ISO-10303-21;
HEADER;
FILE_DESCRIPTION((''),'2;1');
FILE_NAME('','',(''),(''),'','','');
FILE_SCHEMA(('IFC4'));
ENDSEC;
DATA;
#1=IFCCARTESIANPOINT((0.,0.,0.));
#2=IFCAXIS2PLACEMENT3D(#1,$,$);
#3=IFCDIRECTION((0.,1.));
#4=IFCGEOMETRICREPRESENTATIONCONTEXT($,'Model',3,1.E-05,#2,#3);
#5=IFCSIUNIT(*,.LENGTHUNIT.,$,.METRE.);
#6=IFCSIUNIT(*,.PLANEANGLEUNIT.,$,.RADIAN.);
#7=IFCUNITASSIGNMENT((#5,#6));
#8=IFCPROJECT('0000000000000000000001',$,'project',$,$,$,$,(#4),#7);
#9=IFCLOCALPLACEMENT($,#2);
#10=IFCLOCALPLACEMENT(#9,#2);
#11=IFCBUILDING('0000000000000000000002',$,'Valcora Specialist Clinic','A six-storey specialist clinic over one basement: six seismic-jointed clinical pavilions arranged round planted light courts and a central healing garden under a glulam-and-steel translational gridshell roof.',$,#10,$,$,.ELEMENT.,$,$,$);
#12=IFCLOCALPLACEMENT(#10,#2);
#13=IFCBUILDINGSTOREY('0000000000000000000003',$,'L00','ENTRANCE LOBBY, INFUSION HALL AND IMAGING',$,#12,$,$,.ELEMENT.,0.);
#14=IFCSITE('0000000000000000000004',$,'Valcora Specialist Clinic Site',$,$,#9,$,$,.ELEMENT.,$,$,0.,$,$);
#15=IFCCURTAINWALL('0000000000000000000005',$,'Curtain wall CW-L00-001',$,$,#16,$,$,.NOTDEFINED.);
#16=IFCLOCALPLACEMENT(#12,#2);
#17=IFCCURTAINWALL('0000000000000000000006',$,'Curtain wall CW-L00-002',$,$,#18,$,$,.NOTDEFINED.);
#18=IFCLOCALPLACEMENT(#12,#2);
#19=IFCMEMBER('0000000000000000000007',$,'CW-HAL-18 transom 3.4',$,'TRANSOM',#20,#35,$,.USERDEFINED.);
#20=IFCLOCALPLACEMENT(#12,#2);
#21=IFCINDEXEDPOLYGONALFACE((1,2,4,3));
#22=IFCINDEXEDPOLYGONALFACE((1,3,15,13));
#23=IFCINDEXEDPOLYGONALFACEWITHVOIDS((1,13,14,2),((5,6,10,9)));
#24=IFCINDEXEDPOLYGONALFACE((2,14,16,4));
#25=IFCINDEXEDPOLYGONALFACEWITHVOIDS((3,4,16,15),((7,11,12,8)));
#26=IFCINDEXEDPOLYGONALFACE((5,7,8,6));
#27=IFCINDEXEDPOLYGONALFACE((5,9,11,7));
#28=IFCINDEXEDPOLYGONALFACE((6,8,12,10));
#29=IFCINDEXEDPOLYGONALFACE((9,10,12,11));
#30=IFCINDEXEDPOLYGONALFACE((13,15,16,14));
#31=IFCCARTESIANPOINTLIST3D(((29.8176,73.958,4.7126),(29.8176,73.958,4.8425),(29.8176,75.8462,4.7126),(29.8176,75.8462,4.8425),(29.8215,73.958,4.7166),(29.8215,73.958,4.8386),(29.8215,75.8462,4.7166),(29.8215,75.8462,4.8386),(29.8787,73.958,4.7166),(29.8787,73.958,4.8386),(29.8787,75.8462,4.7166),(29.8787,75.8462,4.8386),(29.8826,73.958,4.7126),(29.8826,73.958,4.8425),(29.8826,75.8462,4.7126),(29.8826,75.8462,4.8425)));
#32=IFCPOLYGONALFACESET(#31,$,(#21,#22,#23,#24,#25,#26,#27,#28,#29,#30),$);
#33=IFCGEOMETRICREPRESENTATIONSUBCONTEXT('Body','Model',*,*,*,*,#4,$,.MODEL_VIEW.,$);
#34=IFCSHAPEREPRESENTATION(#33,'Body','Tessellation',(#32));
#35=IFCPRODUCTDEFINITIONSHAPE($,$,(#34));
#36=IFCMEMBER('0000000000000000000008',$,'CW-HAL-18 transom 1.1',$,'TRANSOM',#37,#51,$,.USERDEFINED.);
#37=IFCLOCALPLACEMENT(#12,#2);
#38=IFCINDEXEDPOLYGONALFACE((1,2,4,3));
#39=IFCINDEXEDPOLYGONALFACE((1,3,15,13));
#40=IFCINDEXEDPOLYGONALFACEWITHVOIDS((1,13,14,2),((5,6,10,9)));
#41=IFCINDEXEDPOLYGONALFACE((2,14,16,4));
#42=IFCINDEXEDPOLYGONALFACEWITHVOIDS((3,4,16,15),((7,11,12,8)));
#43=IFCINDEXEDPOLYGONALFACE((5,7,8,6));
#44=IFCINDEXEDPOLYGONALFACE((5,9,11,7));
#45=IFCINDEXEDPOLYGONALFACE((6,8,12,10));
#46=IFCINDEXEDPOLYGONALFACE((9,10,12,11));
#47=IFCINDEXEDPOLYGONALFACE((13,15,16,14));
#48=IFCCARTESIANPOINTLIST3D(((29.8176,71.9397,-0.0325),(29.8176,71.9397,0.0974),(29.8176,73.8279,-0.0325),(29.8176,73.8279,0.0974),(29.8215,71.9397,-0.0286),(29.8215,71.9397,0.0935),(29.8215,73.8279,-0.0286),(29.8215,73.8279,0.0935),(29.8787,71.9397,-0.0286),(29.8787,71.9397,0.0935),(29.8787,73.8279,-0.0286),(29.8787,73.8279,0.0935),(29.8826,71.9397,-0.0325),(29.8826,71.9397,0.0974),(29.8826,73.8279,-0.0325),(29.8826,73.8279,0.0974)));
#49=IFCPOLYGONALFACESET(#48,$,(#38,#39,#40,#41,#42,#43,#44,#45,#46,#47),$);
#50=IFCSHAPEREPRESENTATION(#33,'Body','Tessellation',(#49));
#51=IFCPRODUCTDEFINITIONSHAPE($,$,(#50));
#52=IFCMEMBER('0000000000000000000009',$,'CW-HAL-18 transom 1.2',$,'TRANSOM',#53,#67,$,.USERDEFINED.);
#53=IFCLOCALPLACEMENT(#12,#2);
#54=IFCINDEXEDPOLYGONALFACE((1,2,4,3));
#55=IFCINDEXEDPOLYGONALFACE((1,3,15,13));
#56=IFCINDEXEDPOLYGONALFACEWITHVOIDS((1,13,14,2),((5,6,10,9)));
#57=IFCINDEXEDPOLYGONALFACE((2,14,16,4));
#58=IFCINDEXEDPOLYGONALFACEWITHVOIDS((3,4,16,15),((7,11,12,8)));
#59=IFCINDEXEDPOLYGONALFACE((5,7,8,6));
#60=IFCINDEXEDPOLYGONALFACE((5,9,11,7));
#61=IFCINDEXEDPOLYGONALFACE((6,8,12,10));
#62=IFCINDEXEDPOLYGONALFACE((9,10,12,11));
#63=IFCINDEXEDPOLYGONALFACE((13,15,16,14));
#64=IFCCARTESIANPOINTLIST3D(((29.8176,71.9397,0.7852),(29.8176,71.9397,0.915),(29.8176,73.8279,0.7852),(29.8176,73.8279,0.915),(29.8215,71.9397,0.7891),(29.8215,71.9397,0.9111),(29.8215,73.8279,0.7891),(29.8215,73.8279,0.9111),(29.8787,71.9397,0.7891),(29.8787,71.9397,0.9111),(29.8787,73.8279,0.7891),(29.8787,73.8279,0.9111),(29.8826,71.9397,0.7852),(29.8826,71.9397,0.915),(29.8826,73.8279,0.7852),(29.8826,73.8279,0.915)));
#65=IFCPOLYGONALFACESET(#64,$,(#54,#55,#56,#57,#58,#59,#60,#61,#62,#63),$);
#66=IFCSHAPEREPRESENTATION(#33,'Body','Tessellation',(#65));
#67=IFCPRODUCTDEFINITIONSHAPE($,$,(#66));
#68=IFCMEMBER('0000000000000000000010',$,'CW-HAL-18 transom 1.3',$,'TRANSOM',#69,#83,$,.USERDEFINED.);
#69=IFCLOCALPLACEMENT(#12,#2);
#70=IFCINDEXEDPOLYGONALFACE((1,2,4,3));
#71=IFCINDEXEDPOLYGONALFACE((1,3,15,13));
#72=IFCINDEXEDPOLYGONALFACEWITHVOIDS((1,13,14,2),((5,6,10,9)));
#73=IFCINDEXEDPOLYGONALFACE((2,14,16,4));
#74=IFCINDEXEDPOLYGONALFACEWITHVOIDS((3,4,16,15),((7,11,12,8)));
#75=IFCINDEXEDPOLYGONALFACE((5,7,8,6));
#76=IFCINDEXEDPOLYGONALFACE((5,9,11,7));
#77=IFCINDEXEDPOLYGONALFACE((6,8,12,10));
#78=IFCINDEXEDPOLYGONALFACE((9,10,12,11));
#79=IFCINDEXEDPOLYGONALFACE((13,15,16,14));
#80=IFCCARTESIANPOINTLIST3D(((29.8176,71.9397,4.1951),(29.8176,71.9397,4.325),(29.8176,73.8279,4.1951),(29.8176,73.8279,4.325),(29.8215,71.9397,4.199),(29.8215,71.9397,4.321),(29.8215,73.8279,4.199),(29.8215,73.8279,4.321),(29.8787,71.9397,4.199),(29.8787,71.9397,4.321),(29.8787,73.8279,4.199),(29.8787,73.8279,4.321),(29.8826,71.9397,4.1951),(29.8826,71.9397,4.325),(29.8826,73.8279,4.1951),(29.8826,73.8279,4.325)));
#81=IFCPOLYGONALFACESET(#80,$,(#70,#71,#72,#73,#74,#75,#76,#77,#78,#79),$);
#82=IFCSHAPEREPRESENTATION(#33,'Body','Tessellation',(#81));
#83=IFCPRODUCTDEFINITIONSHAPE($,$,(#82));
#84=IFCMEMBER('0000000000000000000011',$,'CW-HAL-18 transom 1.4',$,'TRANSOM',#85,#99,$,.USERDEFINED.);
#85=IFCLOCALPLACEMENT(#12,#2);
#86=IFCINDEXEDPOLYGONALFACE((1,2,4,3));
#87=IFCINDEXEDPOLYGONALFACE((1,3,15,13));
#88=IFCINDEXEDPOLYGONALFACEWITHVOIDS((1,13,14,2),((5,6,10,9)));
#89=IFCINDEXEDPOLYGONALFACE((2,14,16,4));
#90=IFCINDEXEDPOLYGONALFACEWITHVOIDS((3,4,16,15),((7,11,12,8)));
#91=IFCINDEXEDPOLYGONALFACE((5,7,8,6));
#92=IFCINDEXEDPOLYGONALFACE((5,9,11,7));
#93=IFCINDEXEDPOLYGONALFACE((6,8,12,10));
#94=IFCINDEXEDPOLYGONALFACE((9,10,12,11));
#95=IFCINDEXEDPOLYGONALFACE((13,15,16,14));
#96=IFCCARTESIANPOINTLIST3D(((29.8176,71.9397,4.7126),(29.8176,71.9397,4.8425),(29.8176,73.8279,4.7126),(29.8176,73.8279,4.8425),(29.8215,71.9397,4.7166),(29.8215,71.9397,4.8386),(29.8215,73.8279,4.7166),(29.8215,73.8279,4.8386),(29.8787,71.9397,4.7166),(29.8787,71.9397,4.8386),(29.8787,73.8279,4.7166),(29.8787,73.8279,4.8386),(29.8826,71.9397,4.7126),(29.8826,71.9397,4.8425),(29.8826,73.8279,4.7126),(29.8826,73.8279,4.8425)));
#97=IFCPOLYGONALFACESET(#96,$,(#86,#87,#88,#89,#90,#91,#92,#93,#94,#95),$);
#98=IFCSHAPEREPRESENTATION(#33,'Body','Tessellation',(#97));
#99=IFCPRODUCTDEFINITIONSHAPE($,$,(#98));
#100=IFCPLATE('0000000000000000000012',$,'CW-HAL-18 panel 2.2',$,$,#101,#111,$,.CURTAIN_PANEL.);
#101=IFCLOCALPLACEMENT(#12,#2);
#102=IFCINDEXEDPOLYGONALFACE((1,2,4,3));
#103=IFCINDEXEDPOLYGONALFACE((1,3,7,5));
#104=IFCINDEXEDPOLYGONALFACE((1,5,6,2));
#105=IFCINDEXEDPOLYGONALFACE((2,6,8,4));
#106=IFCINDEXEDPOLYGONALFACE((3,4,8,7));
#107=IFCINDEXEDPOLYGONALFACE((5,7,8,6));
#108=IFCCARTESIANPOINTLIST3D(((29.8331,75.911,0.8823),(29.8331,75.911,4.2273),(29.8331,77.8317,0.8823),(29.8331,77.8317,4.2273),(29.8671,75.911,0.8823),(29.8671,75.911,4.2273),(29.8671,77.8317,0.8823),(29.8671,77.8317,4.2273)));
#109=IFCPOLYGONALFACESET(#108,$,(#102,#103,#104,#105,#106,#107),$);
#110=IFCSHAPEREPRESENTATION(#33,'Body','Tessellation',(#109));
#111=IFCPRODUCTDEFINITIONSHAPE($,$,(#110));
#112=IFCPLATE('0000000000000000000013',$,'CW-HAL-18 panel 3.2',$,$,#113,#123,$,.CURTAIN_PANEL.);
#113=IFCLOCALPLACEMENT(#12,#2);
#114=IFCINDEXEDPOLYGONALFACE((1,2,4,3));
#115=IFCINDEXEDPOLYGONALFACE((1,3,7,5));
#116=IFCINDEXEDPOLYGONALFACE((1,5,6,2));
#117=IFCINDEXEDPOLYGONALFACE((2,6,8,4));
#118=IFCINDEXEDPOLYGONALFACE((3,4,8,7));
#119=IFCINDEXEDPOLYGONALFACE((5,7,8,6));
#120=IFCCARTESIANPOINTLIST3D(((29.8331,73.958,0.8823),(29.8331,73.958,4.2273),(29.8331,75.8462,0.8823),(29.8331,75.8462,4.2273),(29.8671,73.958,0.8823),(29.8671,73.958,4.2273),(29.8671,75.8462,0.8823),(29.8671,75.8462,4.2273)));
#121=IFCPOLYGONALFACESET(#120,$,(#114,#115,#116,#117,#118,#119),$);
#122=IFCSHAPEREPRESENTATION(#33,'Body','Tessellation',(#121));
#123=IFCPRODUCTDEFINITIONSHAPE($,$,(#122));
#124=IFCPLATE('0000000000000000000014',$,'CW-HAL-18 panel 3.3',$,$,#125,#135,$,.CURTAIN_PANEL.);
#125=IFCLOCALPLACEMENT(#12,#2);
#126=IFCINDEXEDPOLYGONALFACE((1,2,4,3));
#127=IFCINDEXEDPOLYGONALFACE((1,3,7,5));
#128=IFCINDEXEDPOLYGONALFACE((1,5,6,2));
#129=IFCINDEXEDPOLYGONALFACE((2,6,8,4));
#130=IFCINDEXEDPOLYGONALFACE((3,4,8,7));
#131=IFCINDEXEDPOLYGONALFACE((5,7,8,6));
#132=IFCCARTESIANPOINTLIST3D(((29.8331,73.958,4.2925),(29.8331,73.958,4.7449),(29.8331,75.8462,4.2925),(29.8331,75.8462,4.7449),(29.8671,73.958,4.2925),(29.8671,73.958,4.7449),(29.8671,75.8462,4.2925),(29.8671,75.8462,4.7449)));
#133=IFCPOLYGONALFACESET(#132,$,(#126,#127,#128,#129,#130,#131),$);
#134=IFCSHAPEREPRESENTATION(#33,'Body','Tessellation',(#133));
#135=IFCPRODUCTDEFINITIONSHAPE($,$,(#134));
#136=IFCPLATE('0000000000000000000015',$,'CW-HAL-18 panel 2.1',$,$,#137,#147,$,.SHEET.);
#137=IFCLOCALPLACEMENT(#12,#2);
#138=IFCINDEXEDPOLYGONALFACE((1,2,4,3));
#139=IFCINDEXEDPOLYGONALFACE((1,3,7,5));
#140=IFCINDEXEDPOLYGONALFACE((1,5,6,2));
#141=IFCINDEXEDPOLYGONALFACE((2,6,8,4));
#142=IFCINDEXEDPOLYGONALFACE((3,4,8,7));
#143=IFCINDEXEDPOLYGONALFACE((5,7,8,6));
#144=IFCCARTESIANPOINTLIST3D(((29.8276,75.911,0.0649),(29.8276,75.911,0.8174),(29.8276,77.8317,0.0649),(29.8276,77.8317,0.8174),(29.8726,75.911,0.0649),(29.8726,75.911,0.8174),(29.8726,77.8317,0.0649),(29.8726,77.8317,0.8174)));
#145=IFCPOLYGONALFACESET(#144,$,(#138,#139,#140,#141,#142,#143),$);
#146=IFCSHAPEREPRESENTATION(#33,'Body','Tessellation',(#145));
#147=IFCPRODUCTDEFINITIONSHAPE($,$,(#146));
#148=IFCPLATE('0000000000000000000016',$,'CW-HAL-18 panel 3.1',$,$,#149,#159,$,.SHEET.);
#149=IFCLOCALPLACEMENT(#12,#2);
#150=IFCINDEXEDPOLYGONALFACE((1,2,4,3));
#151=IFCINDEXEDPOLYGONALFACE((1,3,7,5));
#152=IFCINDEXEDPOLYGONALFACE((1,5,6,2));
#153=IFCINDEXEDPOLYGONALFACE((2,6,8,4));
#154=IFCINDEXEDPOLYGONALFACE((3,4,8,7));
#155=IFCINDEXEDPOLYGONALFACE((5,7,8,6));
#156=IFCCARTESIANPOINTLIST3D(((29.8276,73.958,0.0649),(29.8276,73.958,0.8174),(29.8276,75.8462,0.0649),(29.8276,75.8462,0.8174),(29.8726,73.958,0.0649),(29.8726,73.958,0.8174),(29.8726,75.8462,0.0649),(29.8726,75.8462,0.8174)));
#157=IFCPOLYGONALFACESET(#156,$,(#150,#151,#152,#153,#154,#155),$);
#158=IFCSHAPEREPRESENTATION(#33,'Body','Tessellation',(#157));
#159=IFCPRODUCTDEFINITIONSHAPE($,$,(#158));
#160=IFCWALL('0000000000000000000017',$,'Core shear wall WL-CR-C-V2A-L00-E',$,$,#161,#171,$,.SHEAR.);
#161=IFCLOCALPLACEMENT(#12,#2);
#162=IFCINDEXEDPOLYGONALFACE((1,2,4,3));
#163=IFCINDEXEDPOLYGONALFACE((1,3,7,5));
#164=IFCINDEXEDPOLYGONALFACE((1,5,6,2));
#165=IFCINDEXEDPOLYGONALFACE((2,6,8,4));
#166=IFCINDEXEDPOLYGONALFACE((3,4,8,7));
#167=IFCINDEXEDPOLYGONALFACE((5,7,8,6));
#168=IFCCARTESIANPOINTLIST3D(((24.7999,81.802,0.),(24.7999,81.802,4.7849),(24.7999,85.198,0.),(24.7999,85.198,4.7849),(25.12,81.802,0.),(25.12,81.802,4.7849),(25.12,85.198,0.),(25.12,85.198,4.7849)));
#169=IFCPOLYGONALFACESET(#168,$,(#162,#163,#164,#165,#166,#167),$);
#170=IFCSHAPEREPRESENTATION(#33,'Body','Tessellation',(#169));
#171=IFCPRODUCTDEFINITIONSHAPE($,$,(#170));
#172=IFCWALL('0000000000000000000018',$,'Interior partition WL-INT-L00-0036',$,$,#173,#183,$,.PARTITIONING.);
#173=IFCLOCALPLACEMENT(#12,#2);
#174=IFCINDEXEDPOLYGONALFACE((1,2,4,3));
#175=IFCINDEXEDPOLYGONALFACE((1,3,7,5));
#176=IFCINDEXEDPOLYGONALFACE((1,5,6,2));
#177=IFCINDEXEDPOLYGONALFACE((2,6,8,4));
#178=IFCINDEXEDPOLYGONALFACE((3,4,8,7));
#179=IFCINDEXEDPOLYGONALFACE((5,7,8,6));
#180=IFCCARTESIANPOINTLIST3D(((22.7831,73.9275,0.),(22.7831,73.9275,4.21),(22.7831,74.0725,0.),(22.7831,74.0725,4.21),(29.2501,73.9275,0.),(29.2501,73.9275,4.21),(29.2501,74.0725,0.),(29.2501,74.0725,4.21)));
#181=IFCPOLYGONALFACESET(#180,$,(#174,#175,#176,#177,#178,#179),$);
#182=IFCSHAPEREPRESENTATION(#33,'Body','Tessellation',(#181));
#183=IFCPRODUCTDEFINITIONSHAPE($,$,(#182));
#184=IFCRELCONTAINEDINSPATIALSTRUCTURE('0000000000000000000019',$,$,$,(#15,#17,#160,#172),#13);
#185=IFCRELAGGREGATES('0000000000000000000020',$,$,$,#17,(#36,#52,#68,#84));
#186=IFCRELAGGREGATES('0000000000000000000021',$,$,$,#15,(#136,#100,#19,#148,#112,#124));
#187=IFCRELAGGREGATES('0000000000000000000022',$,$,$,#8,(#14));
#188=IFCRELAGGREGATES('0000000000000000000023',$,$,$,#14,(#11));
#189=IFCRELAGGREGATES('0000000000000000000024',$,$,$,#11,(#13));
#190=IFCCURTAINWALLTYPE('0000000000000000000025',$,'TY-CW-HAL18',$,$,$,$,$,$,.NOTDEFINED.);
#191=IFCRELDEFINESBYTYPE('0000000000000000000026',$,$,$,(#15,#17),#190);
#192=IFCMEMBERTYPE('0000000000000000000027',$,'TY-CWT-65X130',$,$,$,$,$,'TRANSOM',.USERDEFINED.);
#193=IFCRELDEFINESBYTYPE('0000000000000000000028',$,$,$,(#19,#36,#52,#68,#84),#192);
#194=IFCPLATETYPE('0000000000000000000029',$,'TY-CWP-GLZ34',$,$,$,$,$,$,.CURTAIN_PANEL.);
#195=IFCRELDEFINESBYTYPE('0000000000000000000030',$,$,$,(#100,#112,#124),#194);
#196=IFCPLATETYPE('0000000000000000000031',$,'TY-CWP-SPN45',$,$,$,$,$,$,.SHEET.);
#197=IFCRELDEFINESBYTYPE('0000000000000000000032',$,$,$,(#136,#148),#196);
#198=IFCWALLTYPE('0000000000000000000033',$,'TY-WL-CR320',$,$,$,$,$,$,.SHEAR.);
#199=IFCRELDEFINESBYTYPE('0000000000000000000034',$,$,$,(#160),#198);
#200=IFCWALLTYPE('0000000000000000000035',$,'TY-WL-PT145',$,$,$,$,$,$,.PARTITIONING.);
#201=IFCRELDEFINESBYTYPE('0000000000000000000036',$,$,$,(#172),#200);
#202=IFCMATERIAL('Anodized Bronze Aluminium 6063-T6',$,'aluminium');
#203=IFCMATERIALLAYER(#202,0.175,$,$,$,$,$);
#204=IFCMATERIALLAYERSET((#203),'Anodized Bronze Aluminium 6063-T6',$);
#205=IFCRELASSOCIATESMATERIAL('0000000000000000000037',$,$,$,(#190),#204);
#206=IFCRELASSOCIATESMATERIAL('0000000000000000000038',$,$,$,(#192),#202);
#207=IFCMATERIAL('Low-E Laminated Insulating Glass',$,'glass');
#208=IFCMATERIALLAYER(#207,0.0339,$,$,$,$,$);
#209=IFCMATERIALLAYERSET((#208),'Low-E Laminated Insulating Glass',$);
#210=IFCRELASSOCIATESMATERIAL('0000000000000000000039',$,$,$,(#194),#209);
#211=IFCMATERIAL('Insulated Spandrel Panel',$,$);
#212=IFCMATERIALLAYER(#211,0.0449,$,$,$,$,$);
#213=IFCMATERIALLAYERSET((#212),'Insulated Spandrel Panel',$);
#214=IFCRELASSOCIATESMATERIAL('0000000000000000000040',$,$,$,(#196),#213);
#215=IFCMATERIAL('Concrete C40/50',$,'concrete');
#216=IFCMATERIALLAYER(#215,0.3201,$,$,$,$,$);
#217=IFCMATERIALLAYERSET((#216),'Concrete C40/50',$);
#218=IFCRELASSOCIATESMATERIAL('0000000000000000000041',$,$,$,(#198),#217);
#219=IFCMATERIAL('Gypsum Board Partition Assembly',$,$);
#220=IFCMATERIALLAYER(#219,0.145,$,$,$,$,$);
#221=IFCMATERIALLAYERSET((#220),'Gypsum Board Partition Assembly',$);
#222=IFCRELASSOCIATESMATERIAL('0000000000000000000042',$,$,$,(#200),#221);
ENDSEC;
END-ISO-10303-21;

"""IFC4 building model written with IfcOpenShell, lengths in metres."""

from ifc_helpers import new_model, si_unit, direction, frame, frame_2d, origin, origin_2d, place, context, subcontext, project, spatial, rectangle, hollow_rectangle, extrude, material, layer, layer_set, material_profile, profile_set, type_object, element, aggregate, save


model = new_model("IFC4")

# Units and contexts
model_context = context("Model", 3, precision=1e-05, world=origin(), true_north=direction((0.0, 1.0)))
body_context = subcontext(model_context, "Body", "Model", "MODEL_VIEW")
ifc_project = project(units=[si_unit("LENGTHUNIT", "METRE"), si_unit("PLANEANGLEUNIT", "RADIAN")], contexts=[model_context])

# Site, building, storey
site_placement = place(None, origin())
site = spatial("IfcSite", under=ifc_project, at=site_placement, Name="Valcora Specialist Clinic Site", CompositionType="ELEMENT", RefElevation=0.0)
building_placement = place(site_placement, origin())
building = spatial("IfcBuilding", under=site, at=building_placement, Name="Valcora Specialist Clinic", Description="A six-storey specialist clinic over one basement: six seismic-jointed clinical pavilions arranged round planted light courts and a central healing garden under a glulam-and-steel translational gridshell roof.", CompositionType="ELEMENT")
storey_placement = place(building_placement, origin())
storey = spatial("IfcBuildingStorey", under=building, at=storey_placement, Name="L00", Description="ENTRANCE LOBBY, INFUSION HALL AND IMAGING", CompositionType="ELEMENT", Elevation=0.0)

# Shared definitions
ifc_material_1 = material(Name="Concrete C40/50", Category="concrete")

# Curtain wall
ifc_material_2 = material(Name="Anodized Bronze Aluminium 6063-T6", Category="aluminium")
ifc_layer_1 = layer(ifc_material_2, 0.175)
ifc_layer_set_1 = layer_set([ifc_layer_1], Name="Anodized Bronze Aluminium 6063-T6")
curtain_wall_type = type_object("IfcCurtainWallType", Name="TY-CW-HAL18", PredefinedType="NOTDEFINED", material=ifc_layer_set_1)
curtain_wall_1_placement = place(storey_placement, origin())
curtain_wall_1 = element("IfcCurtainWall", 1, at=curtain_wall_1_placement, inside=storey, type_object=curtain_wall_type, Name="Curtain wall CW-L00-001", PredefinedType="NOTDEFINED")

# Curtain wall
curtain_wall_2_placement = place(storey_placement, origin())
curtain_wall_2 = element("IfcCurtainWall", 2, at=curtain_wall_2_placement, inside=storey, type_object=curtain_wall_type, Name="Curtain wall CW-L00-002", PredefinedType="NOTDEFINED")

# Members
ifc_material_profile_1 = material_profile(ifc_material_2, hollow_rectangle(XDim=0.0649, YDim=0.1299, WallThickness=0.0039, at=origin_2d()), Name="AL-TRN-65X130")
ifc_profile_set_1 = profile_set([ifc_material_profile_1], Name="Anodized Bronze Aluminium 6063-T6")
member_type_1 = type_object("IfcMemberType", Name="TY-CWT-65X130", ElementType="TRANSOM", PredefinedType="USERDEFINED", material=ifc_profile_set_1)
member_1_placement = place(storey_placement, frame((29.8501, 75.8462, 4.7776), z_axis=(0.0, -1.0, 0.0), x_axis=(1.0, 0.0, 0.0)))
member_1 = element("IfcMember", 3, at=member_1_placement, type_object=member_type_1, Name="CW-HAL-18 transom 3.4", ObjectType="TRANSOM", PredefinedType="USERDEFINED", context=body_context, shape_type="SweptSolid", body=[
    extrude(hollow_rectangle(XDim=0.0649, YDim=0.1299, WallThickness=0.0039, at=origin_2d()), origin(), (0.0, 0.0, 1.0), 1.8882),
])
member_2_placement = place(storey_placement, frame((29.8501, 73.8279, 0.0325), z_axis=(0.0, -1.0, 0.0), x_axis=(1.0, 0.0, 0.0)))
member_2 = element("IfcMember", 4, at=member_2_placement, type_object=member_type_1, Name="CW-HAL-18 transom 1.1", ObjectType="TRANSOM", PredefinedType="USERDEFINED", context=body_context, shape_type="SweptSolid", body=[
    extrude(hollow_rectangle(XDim=0.0649, YDim=0.1299, WallThickness=0.0039, at=origin_2d()), origin(), (0.0, 0.0, 1.0), 1.8882),
])
member_3_placement = place(storey_placement, frame((29.8501, 73.8279, 0.8501), z_axis=(0.0, -1.0, 0.0), x_axis=(1.0, 0.0, 0.0)))
member_3 = element("IfcMember", 5, at=member_3_placement, type_object=member_type_1, Name="CW-HAL-18 transom 1.2", ObjectType="TRANSOM", PredefinedType="USERDEFINED", context=body_context, shape_type="SweptSolid", body=[
    extrude(hollow_rectangle(XDim=0.0649, YDim=0.1299, WallThickness=0.0039, at=origin_2d()), origin(), (0.0, 0.0, 1.0), 1.8882),
])
member_4_placement = place(storey_placement, frame((29.8501, 73.8279, 4.26), z_axis=(0.0, -1.0, 0.0), x_axis=(1.0, 0.0, 0.0)))
member_4 = element("IfcMember", 6, at=member_4_placement, type_object=member_type_1, Name="CW-HAL-18 transom 1.3", ObjectType="TRANSOM", PredefinedType="USERDEFINED", context=body_context, shape_type="SweptSolid", body=[
    extrude(hollow_rectangle(XDim=0.0649, YDim=0.1299, WallThickness=0.0039, at=origin_2d()), origin(), (0.0, 0.0, 1.0), 1.8882),
])
member_5_placement = place(storey_placement, frame((29.8501, 73.8279, 4.7776), z_axis=(0.0, -1.0, 0.0), x_axis=(1.0, 0.0, 0.0)))
member_5 = element("IfcMember", 7, at=member_5_placement, type_object=member_type_1, Name="CW-HAL-18 transom 1.4", ObjectType="TRANSOM", PredefinedType="USERDEFINED", context=body_context, shape_type="SweptSolid", body=[
    extrude(hollow_rectangle(XDim=0.0649, YDim=0.1299, WallThickness=0.0039, at=origin_2d()), origin(), (0.0, 0.0, 1.0), 1.8882),
])
aggregate(curtain_wall_2, [member_2, member_3, member_4, member_5])

# Plates
ifc_material_3 = material(Name="Low-E Laminated Insulating Glass", Category="glass")
ifc_layer_2 = layer(ifc_material_3, 0.0339)
ifc_layer_set_2 = layer_set([ifc_layer_2], Name="Low-E Laminated Insulating Glass")
plate_type_1 = type_object("IfcPlateType", Name="TY-CWP-GLZ34", PredefinedType="CURTAIN_PANEL", material=ifc_layer_set_2)
plate_1_placement = place(storey_placement, frame((29.8501, 76.8713, 0.8823), z_axis=(0.0, 0.0, 1.0), x_axis=(0.0, -1.0, 0.0)))
plate_1 = element("IfcPlate", 8, at=plate_1_placement, type_object=plate_type_1, Name="CW-HAL-18 panel 2.2", PredefinedType="CURTAIN_PANEL", context=body_context, shape_type="SweptSolid", body=[
    extrude(rectangle(XDim=1.9207, YDim=0.0339, at=origin_2d()), origin(), (0.0, 0.0, 1.0), 3.345),
])
plate_2_placement = place(storey_placement, frame((29.8501, 74.9021, 0.8823), z_axis=(0.0, 0.0, 1.0), x_axis=(0.0, -1.0, 0.0)))
plate_2 = element("IfcPlate", 9, at=plate_2_placement, type_object=plate_type_1, Name="CW-HAL-18 panel 3.2", PredefinedType="CURTAIN_PANEL", context=body_context, shape_type="SweptSolid", body=[
    extrude(rectangle(XDim=1.8882, YDim=0.0339, at=origin_2d()), origin(), (0.0, 0.0, 1.0), 3.345),
])
plate_3_placement = place(storey_placement, frame((29.8501, 74.9021, 4.2925), z_axis=(0.0, 0.0, 1.0), x_axis=(0.0, -1.0, 0.0)))
plate_3 = element("IfcPlate", 10, at=plate_3_placement, type_object=plate_type_1, Name="CW-HAL-18 panel 3.3", PredefinedType="CURTAIN_PANEL", context=body_context, shape_type="SweptSolid", body=[
    extrude(rectangle(XDim=1.8882, YDim=0.0339, at=origin_2d()), origin(), (0.0, 0.0, 1.0), 0.4524),
])
ifc_material_4 = material(Name="Insulated Spandrel Panel")
ifc_layer_3 = layer(ifc_material_4, 0.0449)
ifc_layer_set_3 = layer_set([ifc_layer_3], Name="Insulated Spandrel Panel")
plate_type_2 = type_object("IfcPlateType", Name="TY-CWP-SPN45", PredefinedType="SHEET", material=ifc_layer_set_3)
plate_4_placement = place(storey_placement, frame((29.8501, 76.8713, 0.0649), z_axis=(0.0, 0.0, 1.0), x_axis=(0.0, -1.0, 0.0)))
plate_4 = element("IfcPlate", 11, at=plate_4_placement, type_object=plate_type_2, Name="CW-HAL-18 panel 2.1", PredefinedType="SHEET", context=body_context, shape_type="SweptSolid", body=[
    extrude(rectangle(XDim=1.9207, YDim=0.0449, at=origin_2d()), origin(), (0.0, 0.0, 1.0), 0.7524),
])
plate_5_placement = place(storey_placement, frame((29.8501, 74.9021, 0.0649), z_axis=(0.0, 0.0, 1.0), x_axis=(0.0, -1.0, 0.0)))
plate_5 = element("IfcPlate", 12, at=plate_5_placement, type_object=plate_type_2, Name="CW-HAL-18 panel 3.1", PredefinedType="SHEET", context=body_context, shape_type="SweptSolid", body=[
    extrude(rectangle(XDim=1.8882, YDim=0.0449, at=origin_2d()), origin(), (0.0, 0.0, 1.0), 0.7524),
])
aggregate(curtain_wall_1, [plate_4, plate_1, member_1, plate_5, plate_2, plate_3])

# Walls
ifc_layer_4 = layer(ifc_material_1, 0.3201)
ifc_layer_set_4 = layer_set([ifc_layer_4], Name="Concrete C40/50")
wall_type_1 = type_object("IfcWallType", Name="TY-WL-CR320", PredefinedType="SHEAR", material=ifc_layer_set_4)
wall_1_placement = place(storey_placement, frame((24.96, 81.802, 0.0), z_axis=(0.0, 0.0, 1.0), x_axis=(0.0, 1.0, 0.0)))
element("IfcWall", 13, at=wall_1_placement, inside=storey, type_object=wall_type_1, Name="Core shear wall WL-CR-C-V2A-L00-E", PredefinedType="SHEAR", context=body_context, shape_type="SweptSolid", body=[
    extrude(rectangle(XDim=3.396, YDim=0.3201, at=frame_2d((1.698, 0.0))), origin(), (0.0, 0.0, 1.0), 4.7849),
])
ifc_material_5 = material(Name="Gypsum Board Partition Assembly")
ifc_layer_5 = layer(ifc_material_5, 0.145)
ifc_layer_set_5 = layer_set([ifc_layer_5], Name="Gypsum Board Partition Assembly")
wall_type_2 = type_object("IfcWallType", Name="TY-WL-PT145", PredefinedType="PARTITIONING", material=ifc_layer_set_5)
wall_2_placement = place(storey_placement, frame((29.25, 74.0, 0.0), z_axis=(0.0, 0.0, 1.0), x_axis=(-1.0, 0.0, 0.0)))
element("IfcWall", 14, at=wall_2_placement, inside=storey, type_object=wall_type_2, Name="Interior partition WL-INT-L00-0036", PredefinedType="PARTITIONING", context=body_context, shape_type="SweptSolid", body=[
    extrude(rectangle(XDim=6.467, YDim=0.145, at=frame_2d((3.2334, 0.0))), origin(), (0.0, 0.0, 1.0), 4.21),
])

save(model, "model.ifc")
